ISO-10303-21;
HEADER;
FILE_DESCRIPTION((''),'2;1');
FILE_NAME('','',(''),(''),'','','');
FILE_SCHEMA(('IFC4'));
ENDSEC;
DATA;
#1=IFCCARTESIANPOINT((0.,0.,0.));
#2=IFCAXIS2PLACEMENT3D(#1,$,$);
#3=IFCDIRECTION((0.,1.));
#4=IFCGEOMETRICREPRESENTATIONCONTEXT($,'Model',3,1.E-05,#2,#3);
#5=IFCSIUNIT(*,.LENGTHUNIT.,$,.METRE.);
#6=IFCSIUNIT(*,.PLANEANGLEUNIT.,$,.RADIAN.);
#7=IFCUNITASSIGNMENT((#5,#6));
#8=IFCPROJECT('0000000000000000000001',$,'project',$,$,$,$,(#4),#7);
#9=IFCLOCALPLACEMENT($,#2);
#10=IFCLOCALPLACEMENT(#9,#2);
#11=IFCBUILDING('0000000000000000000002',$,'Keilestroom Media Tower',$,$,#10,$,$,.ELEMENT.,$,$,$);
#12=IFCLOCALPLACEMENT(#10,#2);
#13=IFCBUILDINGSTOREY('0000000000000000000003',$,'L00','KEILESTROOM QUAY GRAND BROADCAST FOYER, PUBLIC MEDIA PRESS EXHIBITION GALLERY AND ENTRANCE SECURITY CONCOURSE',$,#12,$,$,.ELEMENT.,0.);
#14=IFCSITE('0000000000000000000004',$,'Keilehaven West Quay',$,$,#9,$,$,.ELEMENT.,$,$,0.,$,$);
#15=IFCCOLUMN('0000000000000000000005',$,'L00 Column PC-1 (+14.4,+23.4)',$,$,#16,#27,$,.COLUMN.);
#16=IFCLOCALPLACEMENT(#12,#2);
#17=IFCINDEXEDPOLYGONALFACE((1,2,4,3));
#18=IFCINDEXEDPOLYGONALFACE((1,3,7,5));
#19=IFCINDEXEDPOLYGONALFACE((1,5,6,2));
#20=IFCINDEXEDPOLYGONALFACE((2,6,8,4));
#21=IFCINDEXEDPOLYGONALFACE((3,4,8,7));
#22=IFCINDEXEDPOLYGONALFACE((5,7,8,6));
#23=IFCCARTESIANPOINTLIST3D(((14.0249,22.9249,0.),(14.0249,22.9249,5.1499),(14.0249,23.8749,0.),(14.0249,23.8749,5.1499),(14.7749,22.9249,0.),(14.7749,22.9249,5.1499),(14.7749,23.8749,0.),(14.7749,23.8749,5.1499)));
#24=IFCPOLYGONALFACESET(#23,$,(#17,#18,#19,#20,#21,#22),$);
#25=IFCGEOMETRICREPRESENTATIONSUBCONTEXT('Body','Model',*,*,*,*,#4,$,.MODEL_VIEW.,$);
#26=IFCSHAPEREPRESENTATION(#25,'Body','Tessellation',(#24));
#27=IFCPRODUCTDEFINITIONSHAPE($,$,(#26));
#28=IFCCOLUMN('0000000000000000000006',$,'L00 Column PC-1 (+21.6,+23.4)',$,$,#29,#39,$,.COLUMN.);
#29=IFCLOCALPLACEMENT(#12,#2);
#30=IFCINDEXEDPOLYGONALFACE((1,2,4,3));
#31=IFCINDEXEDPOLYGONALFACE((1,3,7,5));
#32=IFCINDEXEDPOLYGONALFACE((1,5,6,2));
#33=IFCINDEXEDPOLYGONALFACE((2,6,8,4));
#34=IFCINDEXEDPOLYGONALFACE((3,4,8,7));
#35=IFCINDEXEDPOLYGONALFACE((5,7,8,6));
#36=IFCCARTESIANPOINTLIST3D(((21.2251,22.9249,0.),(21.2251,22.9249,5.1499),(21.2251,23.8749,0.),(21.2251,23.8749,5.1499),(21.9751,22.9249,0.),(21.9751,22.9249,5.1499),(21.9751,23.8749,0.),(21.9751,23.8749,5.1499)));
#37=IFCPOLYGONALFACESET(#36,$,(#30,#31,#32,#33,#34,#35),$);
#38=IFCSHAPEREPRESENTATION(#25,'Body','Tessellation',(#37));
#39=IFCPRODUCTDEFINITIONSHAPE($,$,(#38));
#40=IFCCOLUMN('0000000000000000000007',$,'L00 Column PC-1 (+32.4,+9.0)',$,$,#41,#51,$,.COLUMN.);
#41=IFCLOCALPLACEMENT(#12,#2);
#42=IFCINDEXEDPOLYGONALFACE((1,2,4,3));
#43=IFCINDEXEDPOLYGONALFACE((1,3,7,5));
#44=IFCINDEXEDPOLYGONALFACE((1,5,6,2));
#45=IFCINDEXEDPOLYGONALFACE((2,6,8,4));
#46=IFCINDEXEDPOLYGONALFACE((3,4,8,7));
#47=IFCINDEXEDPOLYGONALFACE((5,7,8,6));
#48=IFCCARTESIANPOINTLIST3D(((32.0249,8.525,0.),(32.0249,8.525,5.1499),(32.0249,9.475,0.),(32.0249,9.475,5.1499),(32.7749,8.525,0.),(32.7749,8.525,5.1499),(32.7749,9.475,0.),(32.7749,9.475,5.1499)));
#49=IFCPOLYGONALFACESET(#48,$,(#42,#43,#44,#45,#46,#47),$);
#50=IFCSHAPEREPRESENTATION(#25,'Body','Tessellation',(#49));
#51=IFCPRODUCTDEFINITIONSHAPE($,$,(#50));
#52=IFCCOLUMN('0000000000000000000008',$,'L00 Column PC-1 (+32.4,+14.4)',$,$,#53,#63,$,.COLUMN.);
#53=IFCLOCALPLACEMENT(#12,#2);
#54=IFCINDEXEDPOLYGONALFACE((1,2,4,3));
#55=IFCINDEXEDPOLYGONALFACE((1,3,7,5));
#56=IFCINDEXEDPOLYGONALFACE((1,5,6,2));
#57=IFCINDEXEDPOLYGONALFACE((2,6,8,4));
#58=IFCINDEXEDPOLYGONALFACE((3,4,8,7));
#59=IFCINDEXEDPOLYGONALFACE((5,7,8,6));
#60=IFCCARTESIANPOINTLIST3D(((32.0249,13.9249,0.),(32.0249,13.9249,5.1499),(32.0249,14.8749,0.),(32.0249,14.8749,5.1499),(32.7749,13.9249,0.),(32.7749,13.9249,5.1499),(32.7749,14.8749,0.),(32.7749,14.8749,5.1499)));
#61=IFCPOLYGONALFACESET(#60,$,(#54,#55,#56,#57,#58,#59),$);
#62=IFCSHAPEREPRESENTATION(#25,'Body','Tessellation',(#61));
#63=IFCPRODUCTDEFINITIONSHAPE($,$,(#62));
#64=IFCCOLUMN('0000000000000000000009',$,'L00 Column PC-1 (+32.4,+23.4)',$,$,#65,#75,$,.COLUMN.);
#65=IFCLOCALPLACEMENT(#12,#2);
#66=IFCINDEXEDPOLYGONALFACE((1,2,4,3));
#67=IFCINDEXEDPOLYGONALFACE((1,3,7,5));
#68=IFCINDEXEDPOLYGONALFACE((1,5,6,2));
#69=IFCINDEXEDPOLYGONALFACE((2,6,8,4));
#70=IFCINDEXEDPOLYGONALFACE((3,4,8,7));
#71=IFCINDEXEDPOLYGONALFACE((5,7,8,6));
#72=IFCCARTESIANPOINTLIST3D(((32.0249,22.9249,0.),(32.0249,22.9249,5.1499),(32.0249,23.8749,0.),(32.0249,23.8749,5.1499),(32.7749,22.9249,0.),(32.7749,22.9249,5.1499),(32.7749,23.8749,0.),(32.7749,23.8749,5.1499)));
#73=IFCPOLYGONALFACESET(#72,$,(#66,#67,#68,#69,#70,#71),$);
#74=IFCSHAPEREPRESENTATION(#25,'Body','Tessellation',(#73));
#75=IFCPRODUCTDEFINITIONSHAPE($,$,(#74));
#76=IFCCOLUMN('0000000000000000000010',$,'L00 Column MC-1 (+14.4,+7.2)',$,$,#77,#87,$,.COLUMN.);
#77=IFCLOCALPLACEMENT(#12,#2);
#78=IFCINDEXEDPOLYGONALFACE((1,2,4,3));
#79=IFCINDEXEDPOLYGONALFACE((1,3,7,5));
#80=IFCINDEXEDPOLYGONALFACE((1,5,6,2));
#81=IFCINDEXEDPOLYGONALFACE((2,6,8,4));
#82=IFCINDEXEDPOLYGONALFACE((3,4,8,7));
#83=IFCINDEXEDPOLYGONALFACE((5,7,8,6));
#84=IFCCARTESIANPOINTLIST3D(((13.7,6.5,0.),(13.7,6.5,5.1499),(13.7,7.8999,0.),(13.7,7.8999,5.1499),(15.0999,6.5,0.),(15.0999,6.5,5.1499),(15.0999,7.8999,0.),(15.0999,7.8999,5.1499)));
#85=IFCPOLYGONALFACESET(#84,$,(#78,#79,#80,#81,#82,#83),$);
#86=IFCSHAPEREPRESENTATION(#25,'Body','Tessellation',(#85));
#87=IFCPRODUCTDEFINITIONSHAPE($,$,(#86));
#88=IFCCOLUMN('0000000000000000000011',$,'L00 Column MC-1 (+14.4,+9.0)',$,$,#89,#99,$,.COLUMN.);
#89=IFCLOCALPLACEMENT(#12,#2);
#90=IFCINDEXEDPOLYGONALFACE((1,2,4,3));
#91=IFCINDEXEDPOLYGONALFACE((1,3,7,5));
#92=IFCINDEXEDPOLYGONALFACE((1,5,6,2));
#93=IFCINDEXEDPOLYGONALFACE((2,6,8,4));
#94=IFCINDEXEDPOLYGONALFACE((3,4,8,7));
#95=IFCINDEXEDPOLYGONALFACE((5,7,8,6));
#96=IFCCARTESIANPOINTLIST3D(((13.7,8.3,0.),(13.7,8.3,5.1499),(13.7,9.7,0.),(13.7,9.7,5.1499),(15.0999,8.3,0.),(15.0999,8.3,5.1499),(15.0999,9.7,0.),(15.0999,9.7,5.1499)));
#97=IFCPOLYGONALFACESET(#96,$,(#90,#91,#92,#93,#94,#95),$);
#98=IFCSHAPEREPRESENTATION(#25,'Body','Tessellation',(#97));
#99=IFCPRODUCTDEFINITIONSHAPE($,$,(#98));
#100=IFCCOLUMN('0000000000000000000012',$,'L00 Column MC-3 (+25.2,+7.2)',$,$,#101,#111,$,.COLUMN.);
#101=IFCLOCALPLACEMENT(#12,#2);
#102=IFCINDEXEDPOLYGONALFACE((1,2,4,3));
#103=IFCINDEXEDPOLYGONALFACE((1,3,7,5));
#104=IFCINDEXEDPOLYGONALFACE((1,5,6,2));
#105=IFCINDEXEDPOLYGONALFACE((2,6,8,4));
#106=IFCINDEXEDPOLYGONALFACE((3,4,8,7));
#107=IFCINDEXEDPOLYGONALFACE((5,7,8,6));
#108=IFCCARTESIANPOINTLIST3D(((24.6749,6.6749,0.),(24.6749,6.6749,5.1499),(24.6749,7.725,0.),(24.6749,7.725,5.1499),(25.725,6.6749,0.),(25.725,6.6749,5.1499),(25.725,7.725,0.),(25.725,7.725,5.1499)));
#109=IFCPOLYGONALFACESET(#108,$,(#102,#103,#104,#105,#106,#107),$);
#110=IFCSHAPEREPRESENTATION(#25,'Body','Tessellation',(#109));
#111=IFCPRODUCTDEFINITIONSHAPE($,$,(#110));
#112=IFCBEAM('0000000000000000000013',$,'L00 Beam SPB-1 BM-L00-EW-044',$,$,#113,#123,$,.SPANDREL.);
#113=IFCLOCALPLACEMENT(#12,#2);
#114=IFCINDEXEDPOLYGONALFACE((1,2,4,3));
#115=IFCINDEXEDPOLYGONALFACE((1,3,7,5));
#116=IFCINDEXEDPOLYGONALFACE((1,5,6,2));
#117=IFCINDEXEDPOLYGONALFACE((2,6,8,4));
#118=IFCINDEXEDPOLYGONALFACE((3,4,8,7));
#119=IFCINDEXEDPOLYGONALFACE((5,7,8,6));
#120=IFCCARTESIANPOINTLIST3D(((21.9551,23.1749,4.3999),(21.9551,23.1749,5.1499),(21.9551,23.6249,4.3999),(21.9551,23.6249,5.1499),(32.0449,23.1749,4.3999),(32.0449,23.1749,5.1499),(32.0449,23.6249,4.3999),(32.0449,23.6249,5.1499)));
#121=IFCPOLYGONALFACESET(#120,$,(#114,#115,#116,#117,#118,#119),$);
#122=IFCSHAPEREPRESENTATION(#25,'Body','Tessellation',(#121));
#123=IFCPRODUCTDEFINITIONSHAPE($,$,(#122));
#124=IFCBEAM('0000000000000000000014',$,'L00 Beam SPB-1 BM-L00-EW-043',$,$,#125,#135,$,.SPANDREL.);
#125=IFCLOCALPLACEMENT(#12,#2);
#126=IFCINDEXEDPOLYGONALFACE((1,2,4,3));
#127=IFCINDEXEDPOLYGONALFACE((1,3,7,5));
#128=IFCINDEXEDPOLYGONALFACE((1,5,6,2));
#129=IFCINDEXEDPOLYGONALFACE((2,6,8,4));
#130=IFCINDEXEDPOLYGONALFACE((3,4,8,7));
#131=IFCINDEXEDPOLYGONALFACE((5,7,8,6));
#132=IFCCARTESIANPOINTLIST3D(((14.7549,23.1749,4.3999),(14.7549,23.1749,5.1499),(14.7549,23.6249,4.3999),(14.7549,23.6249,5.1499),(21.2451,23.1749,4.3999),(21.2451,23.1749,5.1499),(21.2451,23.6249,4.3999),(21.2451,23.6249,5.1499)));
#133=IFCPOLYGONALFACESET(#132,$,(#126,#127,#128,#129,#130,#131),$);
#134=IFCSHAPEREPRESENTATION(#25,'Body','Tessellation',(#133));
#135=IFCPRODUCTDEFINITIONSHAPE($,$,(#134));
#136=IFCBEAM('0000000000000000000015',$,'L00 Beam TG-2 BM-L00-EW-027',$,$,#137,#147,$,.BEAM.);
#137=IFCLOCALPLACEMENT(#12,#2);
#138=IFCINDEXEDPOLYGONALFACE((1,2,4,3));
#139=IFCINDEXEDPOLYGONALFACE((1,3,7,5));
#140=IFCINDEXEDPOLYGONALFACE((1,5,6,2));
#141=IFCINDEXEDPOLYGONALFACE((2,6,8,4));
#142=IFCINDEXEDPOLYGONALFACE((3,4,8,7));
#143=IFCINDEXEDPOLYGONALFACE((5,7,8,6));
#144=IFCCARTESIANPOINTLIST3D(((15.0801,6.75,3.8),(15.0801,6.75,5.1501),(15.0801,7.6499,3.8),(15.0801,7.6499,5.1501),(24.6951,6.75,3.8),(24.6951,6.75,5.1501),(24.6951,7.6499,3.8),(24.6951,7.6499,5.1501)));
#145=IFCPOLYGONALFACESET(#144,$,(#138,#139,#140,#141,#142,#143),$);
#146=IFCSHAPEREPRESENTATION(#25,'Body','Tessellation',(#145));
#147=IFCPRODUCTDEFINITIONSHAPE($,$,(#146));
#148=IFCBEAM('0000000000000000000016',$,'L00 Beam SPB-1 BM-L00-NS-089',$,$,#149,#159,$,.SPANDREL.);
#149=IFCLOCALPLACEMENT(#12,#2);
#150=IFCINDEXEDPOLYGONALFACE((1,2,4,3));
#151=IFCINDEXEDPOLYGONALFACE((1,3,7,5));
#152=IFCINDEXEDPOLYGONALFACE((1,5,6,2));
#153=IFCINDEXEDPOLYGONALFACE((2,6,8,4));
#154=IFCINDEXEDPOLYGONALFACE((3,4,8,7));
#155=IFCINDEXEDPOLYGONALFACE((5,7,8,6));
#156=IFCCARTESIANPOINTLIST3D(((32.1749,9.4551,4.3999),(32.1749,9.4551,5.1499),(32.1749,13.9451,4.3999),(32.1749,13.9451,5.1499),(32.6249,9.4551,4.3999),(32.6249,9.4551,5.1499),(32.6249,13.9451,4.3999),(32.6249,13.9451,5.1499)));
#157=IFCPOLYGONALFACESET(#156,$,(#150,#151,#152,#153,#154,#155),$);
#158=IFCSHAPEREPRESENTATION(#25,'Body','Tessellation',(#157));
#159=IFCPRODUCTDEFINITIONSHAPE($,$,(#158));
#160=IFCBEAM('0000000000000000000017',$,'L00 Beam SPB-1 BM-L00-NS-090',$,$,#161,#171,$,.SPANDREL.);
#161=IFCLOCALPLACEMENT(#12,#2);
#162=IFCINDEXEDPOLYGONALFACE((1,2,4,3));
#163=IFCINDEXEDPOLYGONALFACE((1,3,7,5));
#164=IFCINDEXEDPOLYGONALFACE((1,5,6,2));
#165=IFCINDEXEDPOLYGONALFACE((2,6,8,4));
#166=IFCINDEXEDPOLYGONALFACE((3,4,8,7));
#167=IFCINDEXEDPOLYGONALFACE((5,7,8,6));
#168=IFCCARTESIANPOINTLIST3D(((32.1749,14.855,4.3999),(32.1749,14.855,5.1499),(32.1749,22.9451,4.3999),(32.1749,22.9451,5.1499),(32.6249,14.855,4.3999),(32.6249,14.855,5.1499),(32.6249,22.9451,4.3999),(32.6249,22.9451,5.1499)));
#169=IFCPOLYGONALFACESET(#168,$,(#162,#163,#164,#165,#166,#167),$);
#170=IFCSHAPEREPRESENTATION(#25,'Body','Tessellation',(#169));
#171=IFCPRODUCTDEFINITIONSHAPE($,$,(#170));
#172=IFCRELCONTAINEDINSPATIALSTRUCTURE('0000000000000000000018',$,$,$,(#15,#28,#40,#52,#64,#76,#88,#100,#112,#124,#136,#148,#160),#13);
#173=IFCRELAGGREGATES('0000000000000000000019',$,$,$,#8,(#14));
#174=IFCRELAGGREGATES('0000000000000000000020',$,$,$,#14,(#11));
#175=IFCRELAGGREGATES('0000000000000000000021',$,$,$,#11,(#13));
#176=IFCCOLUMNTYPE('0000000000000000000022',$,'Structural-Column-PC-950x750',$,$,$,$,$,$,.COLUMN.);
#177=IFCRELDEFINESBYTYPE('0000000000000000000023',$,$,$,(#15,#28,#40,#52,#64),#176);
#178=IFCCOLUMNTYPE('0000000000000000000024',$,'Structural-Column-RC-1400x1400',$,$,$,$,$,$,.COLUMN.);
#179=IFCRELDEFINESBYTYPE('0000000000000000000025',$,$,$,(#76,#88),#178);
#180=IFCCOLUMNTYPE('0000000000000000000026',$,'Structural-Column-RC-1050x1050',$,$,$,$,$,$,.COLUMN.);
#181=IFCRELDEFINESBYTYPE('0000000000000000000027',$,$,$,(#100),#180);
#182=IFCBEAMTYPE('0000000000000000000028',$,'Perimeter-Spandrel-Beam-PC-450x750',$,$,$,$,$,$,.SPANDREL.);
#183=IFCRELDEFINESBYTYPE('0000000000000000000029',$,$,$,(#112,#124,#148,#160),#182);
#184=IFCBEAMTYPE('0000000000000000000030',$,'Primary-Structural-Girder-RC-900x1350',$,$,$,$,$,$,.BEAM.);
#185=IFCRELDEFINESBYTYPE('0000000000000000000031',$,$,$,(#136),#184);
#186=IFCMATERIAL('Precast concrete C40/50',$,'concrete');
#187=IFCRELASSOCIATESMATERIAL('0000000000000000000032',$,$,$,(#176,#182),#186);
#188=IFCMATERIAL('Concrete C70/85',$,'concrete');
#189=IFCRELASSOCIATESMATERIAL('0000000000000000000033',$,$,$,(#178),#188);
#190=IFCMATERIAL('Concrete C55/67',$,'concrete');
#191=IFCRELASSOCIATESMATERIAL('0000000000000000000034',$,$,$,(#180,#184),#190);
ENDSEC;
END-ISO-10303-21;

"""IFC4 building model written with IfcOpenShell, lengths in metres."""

from ifc_helpers import new_model, si_unit, direction, frame, origin, origin_2d, place, context, subcontext, project, spatial, rectangle, extrude, source, transform, mapped, material, material_profile, profile_set, type_object, element, save


model = new_model("IFC4")

# Units and contexts
model_context = context("Model", 3, precision=1e-05, world=origin(), true_north=direction((0.0, 1.0)))
body_context = subcontext(model_context, "Body", "Model", "MODEL_VIEW")
ifc_project = project(units=[si_unit("LENGTHUNIT", "METRE"), si_unit("PLANEANGLEUNIT", "RADIAN")], contexts=[model_context])

# Site, building, storey
site_placement = place(None, origin())
site = spatial("IfcSite", under=ifc_project, at=site_placement, Name="Keilehaven West Quay", CompositionType="ELEMENT", RefElevation=0.0)
building_placement = place(site_placement, origin())
building = spatial("IfcBuilding", under=site, at=building_placement, Name="Keilestroom Media Tower", CompositionType="ELEMENT")
storey_placement = place(building_placement, origin())
storey = spatial("IfcBuildingStorey", under=building, at=storey_placement, Name="L00", Description="KEILESTROOM QUAY GRAND BROADCAST FOYER, PUBLIC MEDIA PRESS EXHIBITION GALLERY AND ENTRANCE SECURITY CONCOURSE", CompositionType="ELEMENT", Elevation=0.0)

# Columns
ifc_material_1 = material(Name="Precast concrete C40/50", Category="concrete")
ifc_material_profile_1 = material_profile(ifc_material_1, rectangle(XDim=0.75, YDim=0.95, at=origin_2d()), Name="PC 950x750")
ifc_profile_set_1 = profile_set([ifc_material_profile_1], Name="Precast concrete C40/50")
column_type_1 = type_object("IfcColumnType", Name="Structural-Column-PC-950x750", PredefinedType="COLUMN", material=ifc_profile_set_1)
shared_shape_1 = source(origin(), body_context, "Body", "SweptSolid", [
    extrude(rectangle(XDim=0.75, YDim=0.95, at=origin_2d()), origin(), (0.0, 0.0, 1.0), 5.1499),
])
for number, where, z_axis, x_axis, name in (
    (1, (14.3999, 23.3999, 0.0), (0.0, 0.0, 1.0), (1.0, 0.0, 0.0), "L00 Column PC-1 (+14.4,+23.4)"),
    (2, (21.6001, 23.3999, 0.0), (0.0, 0.0, 1.0), (1.0, 0.0, 0.0), "L00 Column PC-1 (+21.6,+23.4)"),
    (3, (32.3999, 9.0, 0.0), (0.0, 0.0, 1.0), (1.0, 0.0, 0.0), "L00 Column PC-1 (+32.4,+9.0)"),
    (4, (32.3999, 14.3999, 0.0), (0.0, 0.0, 1.0), (1.0, 0.0, 0.0), "L00 Column PC-1 (+32.4,+14.4)"),
    (5, (32.3999, 23.3999, 0.0), (0.0, 0.0, 1.0), (1.0, 0.0, 0.0), "L00 Column PC-1 (+32.4,+23.4)"),
):
    element("IfcColumn", number, at=place(storey_placement, frame(where, z_axis=z_axis, x_axis=x_axis)), inside=storey, type_object=column_type_1, Name=name, PredefinedType="COLUMN", context=body_context, shape_type="MappedRepresentation", body=[
        mapped(shared_shape_1, transform((0.0, 0.0, 0.0), x_axis=(1.0, 0.0, 0.0), y_axis=(0.0, 1.0, 0.0), z_axis=(0.0, 0.0, 1.0), scale=1.0)),
    ])
ifc_material_2 = material(Name="Concrete C70/85", Category="concrete")
ifc_material_profile_2 = material_profile(ifc_material_2, rectangle(XDim=1.3999, YDim=1.3999, at=origin_2d()), Name="RC 1400x1400")
ifc_profile_set_2 = profile_set([ifc_material_profile_2], Name="Concrete C70/85")
column_type_2 = type_object("IfcColumnType", Name="Structural-Column-RC-1400x1400", PredefinedType="COLUMN", material=ifc_profile_set_2)
shared_shape_2 = source(origin(), body_context, "Body", "SweptSolid", [
    extrude(rectangle(XDim=1.3999, YDim=1.3999, at=origin_2d()), origin(), (0.0, 0.0, 1.0), 5.1499),
])
for number, where, z_axis, x_axis, name in (
    (6, (14.3999, 7.2, 0.0), (0.0, 0.0, 1.0), (1.0, 0.0, 0.0), "L00 Column MC-1 (+14.4,+7.2)"),
    (7, (14.3999, 9.0, 0.0), (0.0, 0.0, 1.0), (1.0, 0.0, 0.0), "L00 Column MC-1 (+14.4,+9.0)"),
):
    element("IfcColumn", number, at=place(storey_placement, frame(where, z_axis=z_axis, x_axis=x_axis)), inside=storey, type_object=column_type_2, Name=name, PredefinedType="COLUMN", context=body_context, shape_type="MappedRepresentation", body=[
        mapped(shared_shape_2, transform((0.0, 0.0, 0.0), x_axis=(1.0, 0.0, 0.0), y_axis=(0.0, 1.0, 0.0), z_axis=(0.0, 0.0, 1.0), scale=1.0)),
    ])
ifc_material_3 = material(Name="Concrete C55/67", Category="concrete")
ifc_material_profile_3 = material_profile(ifc_material_3, rectangle(XDim=1.05, YDim=1.05, at=origin_2d()), Name="RC 1050x1050")
ifc_profile_set_3 = profile_set([ifc_material_profile_3], Name="Concrete C55/67")
column_type_3 = type_object("IfcColumnType", Name="Structural-Column-RC-1050x1050", PredefinedType="COLUMN", material=ifc_profile_set_3)
shared_shape_3 = source(origin(), body_context, "Body", "SweptSolid", [
    extrude(rectangle(XDim=1.05, YDim=1.05, at=origin_2d()), origin(), (0.0, 0.0, 1.0), 5.1499),
])
column_placement = place(storey_placement, frame((25.2, 7.2, 0.0), z_axis=(0.0, 0.0, 1.0), x_axis=(1.0, 0.0, 0.0)))
element("IfcColumn", 8, at=column_placement, inside=storey, type_object=column_type_3, Name="L00 Column MC-3 (+25.2,+7.2)", PredefinedType="COLUMN", context=body_context, shape_type="MappedRepresentation", body=[
    mapped(shared_shape_3, transform((0.0, 0.0, 0.0), x_axis=(1.0, 0.0, 0.0), y_axis=(0.0, 1.0, 0.0), z_axis=(0.0, 0.0, 1.0), scale=1.0)),
])

# Beams
ifc_material_profile_4 = material_profile(ifc_material_1, rectangle(XDim=0.45, YDim=0.75, at=origin_2d()), Name="PC 450x750")
ifc_profile_set_4 = profile_set([ifc_material_profile_4], Name="Precast concrete C40/50")
beam_type_1 = type_object("IfcBeamType", Name="Perimeter-Spandrel-Beam-PC-450x750", PredefinedType="SPANDREL", material=ifc_profile_set_4)
shared_shape_4 = source(origin(), body_context, "Body", "SweptSolid", [
    extrude(rectangle(XDim=0.45, YDim=0.75, at=origin_2d()), origin(), (0.0, 0.0, 1.0), 10.0898),
])
beam_1_placement = place(storey_placement, frame((21.9551, 23.3999, 4.7749), z_axis=(1.0, 0.0, 0.0), x_axis=(0.0, 1.0, 0.0)))
element("IfcBeam", 9, at=beam_1_placement, inside=storey, type_object=beam_type_1, Name="L00 Beam SPB-1 BM-L00-EW-044", PredefinedType="SPANDREL", context=body_context, shape_type="MappedRepresentation", body=[
    mapped(shared_shape_4, transform((0.0, 0.0, 0.0), x_axis=(1.0, 0.0, 0.0), y_axis=(0.0, 1.0, 0.0), z_axis=(0.0, 0.0, 1.0), scale=1.0)),
])
shared_shape_5 = source(origin(), body_context, "Body", "SweptSolid", [
    extrude(rectangle(XDim=0.45, YDim=0.75, at=origin_2d()), origin(), (0.0, 0.0, 1.0), 6.4902),
])
beam_2_placement = place(storey_placement, frame((14.7549, 23.3999, 4.7749), z_axis=(1.0, 0.0, 0.0), x_axis=(0.0, 1.0, 0.0)))
element("IfcBeam", 10, at=beam_2_placement, inside=storey, type_object=beam_type_1, Name="L00 Beam SPB-1 BM-L00-EW-043", PredefinedType="SPANDREL", context=body_context, shape_type="MappedRepresentation", body=[
    mapped(shared_shape_5, transform((0.0, 0.0, 0.0), x_axis=(1.0, 0.0, 0.0), y_axis=(0.0, 1.0, 0.0), z_axis=(0.0, 0.0, 1.0), scale=1.0)),
])
ifc_material_profile_5 = material_profile(ifc_material_3, rectangle(XDim=0.8999, YDim=1.3501, at=origin_2d()), Name="RC 900x1350")
ifc_profile_set_5 = profile_set([ifc_material_profile_5], Name="Concrete C55/67")
beam_type_2 = type_object("IfcBeamType", Name="Primary-Structural-Girder-RC-900x1350", PredefinedType="BEAM", material=ifc_profile_set_5)
shared_shape_6 = source(origin(), body_context, "Body", "SweptSolid", [
    extrude(rectangle(XDim=0.8999, YDim=1.3501, at=origin_2d()), origin(), (0.0, 0.0, 1.0), 9.615),
])
beam_3_placement = place(storey_placement, frame((15.0801, 7.2, 4.4751), z_axis=(1.0, 0.0, 0.0), x_axis=(0.0, 1.0, 0.0)))
element("IfcBeam", 11, at=beam_3_placement, inside=storey, type_object=beam_type_2, Name="L00 Beam TG-2 BM-L00-EW-027", PredefinedType="BEAM", context=body_context, shape_type="MappedRepresentation", body=[
    mapped(shared_shape_6, transform((0.0, 0.0, 0.0), x_axis=(1.0, 0.0, 0.0), y_axis=(0.0, 1.0, 0.0), z_axis=(0.0, 0.0, 1.0), scale=1.0)),
])
shared_shape_7 = source(origin(), body_context, "Body", "SweptSolid", [
    extrude(rectangle(XDim=0.45, YDim=0.75, at=origin_2d()), origin(), (0.0, 0.0, 1.0), 4.49),
])
beam_4_placement = place(storey_placement, frame((32.3999, 9.4551, 4.7749), z_axis=(0.0, 1.0, 0.0), x_axis=(-1.0, 0.0, 0.0)))
element("IfcBeam", 12, at=beam_4_placement, inside=storey, type_object=beam_type_1, Name="L00 Beam SPB-1 BM-L00-NS-089", PredefinedType="SPANDREL", context=body_context, shape_type="MappedRepresentation", body=[
    mapped(shared_shape_7, transform((0.0, 0.0, 0.0), x_axis=(1.0, 0.0, 0.0), y_axis=(0.0, 1.0, 0.0), z_axis=(0.0, 0.0, 1.0), scale=1.0)),
])
shared_shape_8 = source(origin(), body_context, "Body", "SweptSolid", [
    extrude(rectangle(XDim=0.45, YDim=0.75, at=origin_2d()), origin(), (0.0, 0.0, 1.0), 8.0901),
])
beam_5_placement = place(storey_placement, frame((32.3999, 14.855, 4.7749), z_axis=(0.0, 1.0, 0.0), x_axis=(-1.0, 0.0, 0.0)))
element("IfcBeam", 13, at=beam_5_placement, inside=storey, type_object=beam_type_1, Name="L00 Beam SPB-1 BM-L00-NS-090", PredefinedType="SPANDREL", context=body_context, shape_type="MappedRepresentation", body=[
    mapped(shared_shape_8, transform((0.0, 0.0, 0.0), x_axis=(1.0, 0.0, 0.0), y_axis=(0.0, 1.0, 0.0), z_axis=(0.0, 0.0, 1.0), scale=1.0)),
])

save(model, "model.ifc")
